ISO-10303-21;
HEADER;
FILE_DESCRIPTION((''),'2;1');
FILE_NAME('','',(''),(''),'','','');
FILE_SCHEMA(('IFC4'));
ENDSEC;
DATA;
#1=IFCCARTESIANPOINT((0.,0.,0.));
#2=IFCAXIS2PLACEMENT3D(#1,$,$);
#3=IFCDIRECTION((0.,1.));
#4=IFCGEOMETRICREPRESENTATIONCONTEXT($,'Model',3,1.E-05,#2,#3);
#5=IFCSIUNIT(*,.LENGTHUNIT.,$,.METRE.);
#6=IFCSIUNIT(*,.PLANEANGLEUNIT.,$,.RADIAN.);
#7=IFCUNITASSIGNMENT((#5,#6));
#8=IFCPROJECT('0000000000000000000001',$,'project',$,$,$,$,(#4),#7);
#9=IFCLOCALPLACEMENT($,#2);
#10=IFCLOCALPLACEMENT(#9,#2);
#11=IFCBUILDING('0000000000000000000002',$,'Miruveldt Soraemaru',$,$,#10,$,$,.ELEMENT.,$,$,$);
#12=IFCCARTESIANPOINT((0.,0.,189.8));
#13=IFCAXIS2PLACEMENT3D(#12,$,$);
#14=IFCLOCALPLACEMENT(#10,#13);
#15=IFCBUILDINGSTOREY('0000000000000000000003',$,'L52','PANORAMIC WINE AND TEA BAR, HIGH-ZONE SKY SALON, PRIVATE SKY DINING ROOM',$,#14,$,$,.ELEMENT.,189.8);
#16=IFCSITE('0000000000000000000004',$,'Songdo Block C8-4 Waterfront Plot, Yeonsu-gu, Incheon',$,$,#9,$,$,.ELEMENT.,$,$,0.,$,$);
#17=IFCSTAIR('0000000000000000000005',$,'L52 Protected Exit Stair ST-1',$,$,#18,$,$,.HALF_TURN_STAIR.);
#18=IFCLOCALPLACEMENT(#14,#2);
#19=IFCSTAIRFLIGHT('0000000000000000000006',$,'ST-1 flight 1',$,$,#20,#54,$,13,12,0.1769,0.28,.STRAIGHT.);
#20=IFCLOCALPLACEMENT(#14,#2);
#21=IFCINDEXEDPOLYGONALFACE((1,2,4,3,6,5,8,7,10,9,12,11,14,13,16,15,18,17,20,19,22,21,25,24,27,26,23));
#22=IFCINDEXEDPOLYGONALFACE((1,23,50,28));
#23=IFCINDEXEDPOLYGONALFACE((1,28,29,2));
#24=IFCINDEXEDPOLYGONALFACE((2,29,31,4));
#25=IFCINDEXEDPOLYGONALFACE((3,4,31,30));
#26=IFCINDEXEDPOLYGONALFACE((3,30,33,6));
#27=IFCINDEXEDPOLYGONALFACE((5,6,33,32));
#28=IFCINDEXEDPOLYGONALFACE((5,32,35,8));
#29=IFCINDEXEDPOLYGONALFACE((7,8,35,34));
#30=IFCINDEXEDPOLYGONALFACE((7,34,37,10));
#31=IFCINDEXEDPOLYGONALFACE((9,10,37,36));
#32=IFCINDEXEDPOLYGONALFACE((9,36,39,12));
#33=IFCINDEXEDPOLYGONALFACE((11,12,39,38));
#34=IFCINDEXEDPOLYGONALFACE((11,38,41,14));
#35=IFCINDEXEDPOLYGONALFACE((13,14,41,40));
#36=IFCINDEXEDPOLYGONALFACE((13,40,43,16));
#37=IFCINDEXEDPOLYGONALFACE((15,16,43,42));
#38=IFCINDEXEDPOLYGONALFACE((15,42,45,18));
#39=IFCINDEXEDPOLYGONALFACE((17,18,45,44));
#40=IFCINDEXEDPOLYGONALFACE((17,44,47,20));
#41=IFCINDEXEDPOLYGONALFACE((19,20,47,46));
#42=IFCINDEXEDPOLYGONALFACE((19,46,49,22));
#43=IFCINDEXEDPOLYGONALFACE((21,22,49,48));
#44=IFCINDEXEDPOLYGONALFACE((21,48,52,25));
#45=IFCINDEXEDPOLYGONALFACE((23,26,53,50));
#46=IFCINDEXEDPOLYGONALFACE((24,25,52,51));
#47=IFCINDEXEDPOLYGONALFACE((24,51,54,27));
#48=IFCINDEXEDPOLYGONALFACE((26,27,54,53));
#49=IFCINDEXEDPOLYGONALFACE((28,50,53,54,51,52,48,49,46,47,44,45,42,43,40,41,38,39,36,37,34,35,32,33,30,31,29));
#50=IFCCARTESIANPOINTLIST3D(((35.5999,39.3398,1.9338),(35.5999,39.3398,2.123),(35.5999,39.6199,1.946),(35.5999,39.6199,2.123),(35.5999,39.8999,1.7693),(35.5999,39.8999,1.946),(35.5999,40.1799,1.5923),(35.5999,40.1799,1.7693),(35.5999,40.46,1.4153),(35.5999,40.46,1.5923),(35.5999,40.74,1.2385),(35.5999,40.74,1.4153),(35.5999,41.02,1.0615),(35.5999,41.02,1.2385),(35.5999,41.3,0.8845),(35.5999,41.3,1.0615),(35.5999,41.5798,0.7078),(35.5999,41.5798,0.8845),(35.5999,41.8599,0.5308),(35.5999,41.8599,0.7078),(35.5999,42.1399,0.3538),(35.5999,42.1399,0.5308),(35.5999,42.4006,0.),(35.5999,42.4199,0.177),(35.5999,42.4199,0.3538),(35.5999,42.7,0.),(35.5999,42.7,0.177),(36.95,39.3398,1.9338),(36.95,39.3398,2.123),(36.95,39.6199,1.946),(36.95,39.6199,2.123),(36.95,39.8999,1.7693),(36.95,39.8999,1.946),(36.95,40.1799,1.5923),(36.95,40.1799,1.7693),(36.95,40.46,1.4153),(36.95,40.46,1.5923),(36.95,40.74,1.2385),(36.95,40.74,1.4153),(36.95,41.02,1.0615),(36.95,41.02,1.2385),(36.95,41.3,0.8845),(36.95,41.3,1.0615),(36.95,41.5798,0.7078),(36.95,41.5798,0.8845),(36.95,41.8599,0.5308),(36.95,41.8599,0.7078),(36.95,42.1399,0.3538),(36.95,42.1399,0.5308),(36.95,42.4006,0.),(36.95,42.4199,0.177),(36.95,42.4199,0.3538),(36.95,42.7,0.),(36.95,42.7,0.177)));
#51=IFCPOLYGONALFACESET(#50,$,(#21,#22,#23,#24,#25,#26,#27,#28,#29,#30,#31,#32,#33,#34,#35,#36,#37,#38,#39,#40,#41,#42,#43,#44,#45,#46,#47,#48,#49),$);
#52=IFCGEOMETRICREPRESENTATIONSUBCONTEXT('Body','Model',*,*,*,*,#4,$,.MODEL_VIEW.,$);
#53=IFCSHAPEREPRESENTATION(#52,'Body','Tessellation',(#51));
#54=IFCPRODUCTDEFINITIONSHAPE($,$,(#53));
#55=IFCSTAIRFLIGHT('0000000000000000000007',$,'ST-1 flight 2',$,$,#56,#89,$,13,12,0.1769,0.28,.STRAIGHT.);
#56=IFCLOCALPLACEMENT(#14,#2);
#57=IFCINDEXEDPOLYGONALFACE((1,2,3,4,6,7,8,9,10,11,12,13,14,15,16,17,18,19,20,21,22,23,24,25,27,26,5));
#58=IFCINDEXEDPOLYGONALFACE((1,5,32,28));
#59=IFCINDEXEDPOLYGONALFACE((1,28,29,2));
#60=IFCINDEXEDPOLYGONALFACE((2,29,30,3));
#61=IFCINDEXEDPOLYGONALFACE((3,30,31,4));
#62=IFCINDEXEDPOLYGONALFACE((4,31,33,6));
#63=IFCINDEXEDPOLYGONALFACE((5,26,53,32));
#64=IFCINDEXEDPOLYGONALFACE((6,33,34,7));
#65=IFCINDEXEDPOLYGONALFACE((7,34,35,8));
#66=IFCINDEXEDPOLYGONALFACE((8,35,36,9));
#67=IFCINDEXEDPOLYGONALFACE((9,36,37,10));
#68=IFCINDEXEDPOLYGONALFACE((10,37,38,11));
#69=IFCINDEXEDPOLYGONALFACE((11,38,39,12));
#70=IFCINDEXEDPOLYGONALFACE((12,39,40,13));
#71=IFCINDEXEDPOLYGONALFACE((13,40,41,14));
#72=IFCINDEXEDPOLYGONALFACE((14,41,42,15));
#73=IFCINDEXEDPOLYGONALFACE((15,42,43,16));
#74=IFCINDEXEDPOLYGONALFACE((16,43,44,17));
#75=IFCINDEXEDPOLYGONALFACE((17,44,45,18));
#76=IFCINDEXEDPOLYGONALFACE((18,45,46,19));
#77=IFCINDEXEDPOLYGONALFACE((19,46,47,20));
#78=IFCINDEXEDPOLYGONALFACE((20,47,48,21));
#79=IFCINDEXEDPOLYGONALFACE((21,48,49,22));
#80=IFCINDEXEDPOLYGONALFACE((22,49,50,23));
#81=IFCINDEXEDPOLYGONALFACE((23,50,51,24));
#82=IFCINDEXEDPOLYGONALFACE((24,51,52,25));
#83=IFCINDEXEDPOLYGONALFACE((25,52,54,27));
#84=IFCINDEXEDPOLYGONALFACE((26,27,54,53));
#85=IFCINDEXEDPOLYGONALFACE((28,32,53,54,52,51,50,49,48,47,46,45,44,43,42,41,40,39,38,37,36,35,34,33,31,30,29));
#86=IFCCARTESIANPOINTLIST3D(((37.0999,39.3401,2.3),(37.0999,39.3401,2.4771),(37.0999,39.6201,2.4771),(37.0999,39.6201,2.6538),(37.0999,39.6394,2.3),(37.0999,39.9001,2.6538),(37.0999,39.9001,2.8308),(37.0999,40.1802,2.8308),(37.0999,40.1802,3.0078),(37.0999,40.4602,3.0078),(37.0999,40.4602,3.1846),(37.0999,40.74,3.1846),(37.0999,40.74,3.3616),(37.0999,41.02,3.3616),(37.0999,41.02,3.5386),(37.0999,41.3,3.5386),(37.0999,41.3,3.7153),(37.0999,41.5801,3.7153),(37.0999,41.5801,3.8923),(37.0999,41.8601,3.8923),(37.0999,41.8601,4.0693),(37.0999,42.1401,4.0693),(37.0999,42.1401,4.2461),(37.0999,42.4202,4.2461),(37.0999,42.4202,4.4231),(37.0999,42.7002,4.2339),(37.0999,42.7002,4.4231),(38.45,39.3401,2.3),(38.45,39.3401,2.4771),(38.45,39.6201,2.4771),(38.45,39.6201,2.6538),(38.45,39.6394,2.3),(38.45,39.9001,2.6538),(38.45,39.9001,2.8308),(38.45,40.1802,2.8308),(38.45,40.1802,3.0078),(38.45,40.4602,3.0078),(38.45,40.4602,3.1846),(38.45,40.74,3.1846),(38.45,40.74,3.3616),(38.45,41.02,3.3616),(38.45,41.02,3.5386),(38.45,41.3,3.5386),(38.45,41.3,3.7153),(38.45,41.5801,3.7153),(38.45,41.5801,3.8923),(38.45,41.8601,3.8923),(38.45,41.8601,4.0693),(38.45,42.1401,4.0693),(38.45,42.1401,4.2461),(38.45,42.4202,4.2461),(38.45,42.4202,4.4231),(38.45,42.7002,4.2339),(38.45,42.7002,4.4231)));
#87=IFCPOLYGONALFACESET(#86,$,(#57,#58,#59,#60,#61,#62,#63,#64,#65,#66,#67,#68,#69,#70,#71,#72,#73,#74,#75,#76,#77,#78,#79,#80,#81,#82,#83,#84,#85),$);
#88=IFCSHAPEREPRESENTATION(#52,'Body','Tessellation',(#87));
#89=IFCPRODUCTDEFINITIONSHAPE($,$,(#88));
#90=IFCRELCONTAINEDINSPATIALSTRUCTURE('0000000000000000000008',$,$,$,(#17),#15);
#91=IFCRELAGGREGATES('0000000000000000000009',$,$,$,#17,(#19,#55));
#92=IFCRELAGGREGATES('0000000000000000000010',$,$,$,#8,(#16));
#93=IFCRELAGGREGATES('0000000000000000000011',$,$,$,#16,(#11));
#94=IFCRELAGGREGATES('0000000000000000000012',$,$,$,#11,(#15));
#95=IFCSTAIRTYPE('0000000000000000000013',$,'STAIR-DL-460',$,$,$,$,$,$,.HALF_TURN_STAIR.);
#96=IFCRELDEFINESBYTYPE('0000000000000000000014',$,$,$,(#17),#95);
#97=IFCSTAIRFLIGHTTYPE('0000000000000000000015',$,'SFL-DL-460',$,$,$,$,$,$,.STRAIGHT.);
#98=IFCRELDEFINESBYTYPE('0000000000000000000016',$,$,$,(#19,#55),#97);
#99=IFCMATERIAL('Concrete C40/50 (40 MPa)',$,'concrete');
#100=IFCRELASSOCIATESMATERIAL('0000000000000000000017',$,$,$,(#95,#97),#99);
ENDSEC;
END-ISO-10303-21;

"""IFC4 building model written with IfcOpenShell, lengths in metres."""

from ifc_helpers import new_model, si_unit, direction, frame, origin, place, context, subcontext, project, spatial, polyline, outline, extrude, material, type_object, element, aggregate, save


model = new_model("IFC4")

# Units and contexts
model_context = context("Model", 3, precision=1e-05, world=origin(), true_north=direction((0.0, 1.0)))
body_context = subcontext(model_context, "Body", "Model", "MODEL_VIEW")
ifc_project = project(units=[si_unit("LENGTHUNIT", "METRE"), si_unit("PLANEANGLEUNIT", "RADIAN")], contexts=[model_context])

# Site, building, storey
site_placement = place(None, origin())
site = spatial("IfcSite", under=ifc_project, at=site_placement, Name="Songdo Block C8-4 Waterfront Plot, Yeonsu-gu, Incheon", CompositionType="ELEMENT", RefElevation=0.0)
building_placement = place(site_placement, origin())
building = spatial("IfcBuilding", under=site, at=building_placement, Name="Miruveldt Soraemaru", CompositionType="ELEMENT")
storey_placement = place(building_placement, frame((0.0, 0.0, 189.8)))
storey = spatial("IfcBuildingStorey", under=building, at=storey_placement, Name="L52", Description="PANORAMIC WINE AND TEA BAR, HIGH-ZONE SKY SALON, PRIVATE SKY DINING ROOM", CompositionType="ELEMENT", Elevation=189.8)

# Shared definitions
ifc_material_1 = material(Name="Concrete C40/50 (40 MPa)", Category="concrete")

# Stair, stair flights
stair_type = type_object("IfcStairType", Name="STAIR-DL-460", PredefinedType="HALF_TURN_STAIR", material=ifc_material_1)
stair_placement = place(storey_placement, origin())
stair = element("IfcStair", 1, at=stair_placement, inside=storey, type_object=stair_type, Name="L52 Protected Exit Stair ST-1", PredefinedType="HALF_TURN_STAIR")
stair_flight_type = type_object("IfcStairFlightType", Name="SFL-DL-460", PredefinedType="STRAIGHT", material=ifc_material_1)
stair_flight_1_placement = place(storey_placement, frame((36.2749, 42.7, 0.0), z_axis=(0.0, 0.0, 1.0), x_axis=(0.0, -1.0, 0.0)))
stair_flight_1 = element("IfcStairFlight", 2, at=stair_flight_1_placement, type_object=stair_flight_type, Name="ST-1 flight 1", NumberOfRisers=13, NumberOfTreads=12, PredefinedType="STRAIGHT", RiserHeight=0.1769, TreadLength=0.28, context=body_context, shape_type="SweptSolid", body=[
    extrude(outline(polyline([(0.0, 0.0), (0.0, 0.177), (0.28, 0.177), (0.28, 0.3538), (0.5601, 0.3538), (0.5601, 0.5308), (0.8401, 0.5308), (0.8401, 0.7078), (1.1201, 0.7078), (1.1201, 0.8845), (1.3999, 0.8845), (1.3999, 1.0615), (1.6799, 1.0615), (1.6799, 1.2385), (1.96, 1.2385), (1.96, 1.4153), (2.24, 1.4153), (2.24, 1.5923), (2.52, 1.5923), (2.52, 1.7693), (2.8, 1.7693), (2.8, 1.946), (3.0801, 1.946), (3.0801, 2.123), (3.3601, 2.123), (3.3601, 2.3), (3.3601, 1.9338), (0.2993, 0.0), (0.0, 0.0)])), frame((0.0, 0.675, 0.0), z_axis=(0.0, -1.0, 0.0), x_axis=(1.0, 0.0, 0.0)), (0.0, 0.0, 1.0), 1.3501),
])
stair_flight_2_placement = place(storey_placement, frame((37.7749, 39.3401, 2.3), z_axis=(0.0, 0.0, 1.0), x_axis=(0.0, 1.0, 0.0)))
stair_flight_2 = element("IfcStairFlight", 3, at=stair_flight_2_placement, type_object=stair_flight_type, Name="ST-1 flight 2", NumberOfRisers=13, NumberOfTreads=12, PredefinedType="STRAIGHT", RiserHeight=0.1769, TreadLength=0.28, context=body_context, shape_type="SweptSolid", body=[
    extrude(outline(polyline([(0.0, 0.0), (0.0, 0.177), (0.28, 0.177), (0.28, 0.3538), (0.5601, 0.3538), (0.5601, 0.5308), (0.8401, 0.5308), (0.8401, 0.7078), (1.1201, 0.7078), (1.1201, 0.8845), (1.3999, 0.8845), (1.3999, 1.0615), (1.6799, 1.0615), (1.6799, 1.2385), (1.96, 1.2385), (1.96, 1.4153), (2.24, 1.4153), (2.24, 1.5923), (2.52, 1.5923), (2.52, 1.7693), (2.8, 1.7693), (2.8, 1.946), (3.0801, 1.946), (3.0801, 2.123), (3.3601, 2.123), (3.3601, 2.3), (3.3601, 1.9338), (0.2993, 0.0), (0.0, 0.0)])), frame((0.0, 0.675, 0.0), z_axis=(0.0, -1.0, 0.0), x_axis=(1.0, 0.0, 0.0)), (0.0, 0.0, 1.0), 1.3501),
])
aggregate(stair, [stair_flight_1, stair_flight_2])

save(model, "model.ifc")
